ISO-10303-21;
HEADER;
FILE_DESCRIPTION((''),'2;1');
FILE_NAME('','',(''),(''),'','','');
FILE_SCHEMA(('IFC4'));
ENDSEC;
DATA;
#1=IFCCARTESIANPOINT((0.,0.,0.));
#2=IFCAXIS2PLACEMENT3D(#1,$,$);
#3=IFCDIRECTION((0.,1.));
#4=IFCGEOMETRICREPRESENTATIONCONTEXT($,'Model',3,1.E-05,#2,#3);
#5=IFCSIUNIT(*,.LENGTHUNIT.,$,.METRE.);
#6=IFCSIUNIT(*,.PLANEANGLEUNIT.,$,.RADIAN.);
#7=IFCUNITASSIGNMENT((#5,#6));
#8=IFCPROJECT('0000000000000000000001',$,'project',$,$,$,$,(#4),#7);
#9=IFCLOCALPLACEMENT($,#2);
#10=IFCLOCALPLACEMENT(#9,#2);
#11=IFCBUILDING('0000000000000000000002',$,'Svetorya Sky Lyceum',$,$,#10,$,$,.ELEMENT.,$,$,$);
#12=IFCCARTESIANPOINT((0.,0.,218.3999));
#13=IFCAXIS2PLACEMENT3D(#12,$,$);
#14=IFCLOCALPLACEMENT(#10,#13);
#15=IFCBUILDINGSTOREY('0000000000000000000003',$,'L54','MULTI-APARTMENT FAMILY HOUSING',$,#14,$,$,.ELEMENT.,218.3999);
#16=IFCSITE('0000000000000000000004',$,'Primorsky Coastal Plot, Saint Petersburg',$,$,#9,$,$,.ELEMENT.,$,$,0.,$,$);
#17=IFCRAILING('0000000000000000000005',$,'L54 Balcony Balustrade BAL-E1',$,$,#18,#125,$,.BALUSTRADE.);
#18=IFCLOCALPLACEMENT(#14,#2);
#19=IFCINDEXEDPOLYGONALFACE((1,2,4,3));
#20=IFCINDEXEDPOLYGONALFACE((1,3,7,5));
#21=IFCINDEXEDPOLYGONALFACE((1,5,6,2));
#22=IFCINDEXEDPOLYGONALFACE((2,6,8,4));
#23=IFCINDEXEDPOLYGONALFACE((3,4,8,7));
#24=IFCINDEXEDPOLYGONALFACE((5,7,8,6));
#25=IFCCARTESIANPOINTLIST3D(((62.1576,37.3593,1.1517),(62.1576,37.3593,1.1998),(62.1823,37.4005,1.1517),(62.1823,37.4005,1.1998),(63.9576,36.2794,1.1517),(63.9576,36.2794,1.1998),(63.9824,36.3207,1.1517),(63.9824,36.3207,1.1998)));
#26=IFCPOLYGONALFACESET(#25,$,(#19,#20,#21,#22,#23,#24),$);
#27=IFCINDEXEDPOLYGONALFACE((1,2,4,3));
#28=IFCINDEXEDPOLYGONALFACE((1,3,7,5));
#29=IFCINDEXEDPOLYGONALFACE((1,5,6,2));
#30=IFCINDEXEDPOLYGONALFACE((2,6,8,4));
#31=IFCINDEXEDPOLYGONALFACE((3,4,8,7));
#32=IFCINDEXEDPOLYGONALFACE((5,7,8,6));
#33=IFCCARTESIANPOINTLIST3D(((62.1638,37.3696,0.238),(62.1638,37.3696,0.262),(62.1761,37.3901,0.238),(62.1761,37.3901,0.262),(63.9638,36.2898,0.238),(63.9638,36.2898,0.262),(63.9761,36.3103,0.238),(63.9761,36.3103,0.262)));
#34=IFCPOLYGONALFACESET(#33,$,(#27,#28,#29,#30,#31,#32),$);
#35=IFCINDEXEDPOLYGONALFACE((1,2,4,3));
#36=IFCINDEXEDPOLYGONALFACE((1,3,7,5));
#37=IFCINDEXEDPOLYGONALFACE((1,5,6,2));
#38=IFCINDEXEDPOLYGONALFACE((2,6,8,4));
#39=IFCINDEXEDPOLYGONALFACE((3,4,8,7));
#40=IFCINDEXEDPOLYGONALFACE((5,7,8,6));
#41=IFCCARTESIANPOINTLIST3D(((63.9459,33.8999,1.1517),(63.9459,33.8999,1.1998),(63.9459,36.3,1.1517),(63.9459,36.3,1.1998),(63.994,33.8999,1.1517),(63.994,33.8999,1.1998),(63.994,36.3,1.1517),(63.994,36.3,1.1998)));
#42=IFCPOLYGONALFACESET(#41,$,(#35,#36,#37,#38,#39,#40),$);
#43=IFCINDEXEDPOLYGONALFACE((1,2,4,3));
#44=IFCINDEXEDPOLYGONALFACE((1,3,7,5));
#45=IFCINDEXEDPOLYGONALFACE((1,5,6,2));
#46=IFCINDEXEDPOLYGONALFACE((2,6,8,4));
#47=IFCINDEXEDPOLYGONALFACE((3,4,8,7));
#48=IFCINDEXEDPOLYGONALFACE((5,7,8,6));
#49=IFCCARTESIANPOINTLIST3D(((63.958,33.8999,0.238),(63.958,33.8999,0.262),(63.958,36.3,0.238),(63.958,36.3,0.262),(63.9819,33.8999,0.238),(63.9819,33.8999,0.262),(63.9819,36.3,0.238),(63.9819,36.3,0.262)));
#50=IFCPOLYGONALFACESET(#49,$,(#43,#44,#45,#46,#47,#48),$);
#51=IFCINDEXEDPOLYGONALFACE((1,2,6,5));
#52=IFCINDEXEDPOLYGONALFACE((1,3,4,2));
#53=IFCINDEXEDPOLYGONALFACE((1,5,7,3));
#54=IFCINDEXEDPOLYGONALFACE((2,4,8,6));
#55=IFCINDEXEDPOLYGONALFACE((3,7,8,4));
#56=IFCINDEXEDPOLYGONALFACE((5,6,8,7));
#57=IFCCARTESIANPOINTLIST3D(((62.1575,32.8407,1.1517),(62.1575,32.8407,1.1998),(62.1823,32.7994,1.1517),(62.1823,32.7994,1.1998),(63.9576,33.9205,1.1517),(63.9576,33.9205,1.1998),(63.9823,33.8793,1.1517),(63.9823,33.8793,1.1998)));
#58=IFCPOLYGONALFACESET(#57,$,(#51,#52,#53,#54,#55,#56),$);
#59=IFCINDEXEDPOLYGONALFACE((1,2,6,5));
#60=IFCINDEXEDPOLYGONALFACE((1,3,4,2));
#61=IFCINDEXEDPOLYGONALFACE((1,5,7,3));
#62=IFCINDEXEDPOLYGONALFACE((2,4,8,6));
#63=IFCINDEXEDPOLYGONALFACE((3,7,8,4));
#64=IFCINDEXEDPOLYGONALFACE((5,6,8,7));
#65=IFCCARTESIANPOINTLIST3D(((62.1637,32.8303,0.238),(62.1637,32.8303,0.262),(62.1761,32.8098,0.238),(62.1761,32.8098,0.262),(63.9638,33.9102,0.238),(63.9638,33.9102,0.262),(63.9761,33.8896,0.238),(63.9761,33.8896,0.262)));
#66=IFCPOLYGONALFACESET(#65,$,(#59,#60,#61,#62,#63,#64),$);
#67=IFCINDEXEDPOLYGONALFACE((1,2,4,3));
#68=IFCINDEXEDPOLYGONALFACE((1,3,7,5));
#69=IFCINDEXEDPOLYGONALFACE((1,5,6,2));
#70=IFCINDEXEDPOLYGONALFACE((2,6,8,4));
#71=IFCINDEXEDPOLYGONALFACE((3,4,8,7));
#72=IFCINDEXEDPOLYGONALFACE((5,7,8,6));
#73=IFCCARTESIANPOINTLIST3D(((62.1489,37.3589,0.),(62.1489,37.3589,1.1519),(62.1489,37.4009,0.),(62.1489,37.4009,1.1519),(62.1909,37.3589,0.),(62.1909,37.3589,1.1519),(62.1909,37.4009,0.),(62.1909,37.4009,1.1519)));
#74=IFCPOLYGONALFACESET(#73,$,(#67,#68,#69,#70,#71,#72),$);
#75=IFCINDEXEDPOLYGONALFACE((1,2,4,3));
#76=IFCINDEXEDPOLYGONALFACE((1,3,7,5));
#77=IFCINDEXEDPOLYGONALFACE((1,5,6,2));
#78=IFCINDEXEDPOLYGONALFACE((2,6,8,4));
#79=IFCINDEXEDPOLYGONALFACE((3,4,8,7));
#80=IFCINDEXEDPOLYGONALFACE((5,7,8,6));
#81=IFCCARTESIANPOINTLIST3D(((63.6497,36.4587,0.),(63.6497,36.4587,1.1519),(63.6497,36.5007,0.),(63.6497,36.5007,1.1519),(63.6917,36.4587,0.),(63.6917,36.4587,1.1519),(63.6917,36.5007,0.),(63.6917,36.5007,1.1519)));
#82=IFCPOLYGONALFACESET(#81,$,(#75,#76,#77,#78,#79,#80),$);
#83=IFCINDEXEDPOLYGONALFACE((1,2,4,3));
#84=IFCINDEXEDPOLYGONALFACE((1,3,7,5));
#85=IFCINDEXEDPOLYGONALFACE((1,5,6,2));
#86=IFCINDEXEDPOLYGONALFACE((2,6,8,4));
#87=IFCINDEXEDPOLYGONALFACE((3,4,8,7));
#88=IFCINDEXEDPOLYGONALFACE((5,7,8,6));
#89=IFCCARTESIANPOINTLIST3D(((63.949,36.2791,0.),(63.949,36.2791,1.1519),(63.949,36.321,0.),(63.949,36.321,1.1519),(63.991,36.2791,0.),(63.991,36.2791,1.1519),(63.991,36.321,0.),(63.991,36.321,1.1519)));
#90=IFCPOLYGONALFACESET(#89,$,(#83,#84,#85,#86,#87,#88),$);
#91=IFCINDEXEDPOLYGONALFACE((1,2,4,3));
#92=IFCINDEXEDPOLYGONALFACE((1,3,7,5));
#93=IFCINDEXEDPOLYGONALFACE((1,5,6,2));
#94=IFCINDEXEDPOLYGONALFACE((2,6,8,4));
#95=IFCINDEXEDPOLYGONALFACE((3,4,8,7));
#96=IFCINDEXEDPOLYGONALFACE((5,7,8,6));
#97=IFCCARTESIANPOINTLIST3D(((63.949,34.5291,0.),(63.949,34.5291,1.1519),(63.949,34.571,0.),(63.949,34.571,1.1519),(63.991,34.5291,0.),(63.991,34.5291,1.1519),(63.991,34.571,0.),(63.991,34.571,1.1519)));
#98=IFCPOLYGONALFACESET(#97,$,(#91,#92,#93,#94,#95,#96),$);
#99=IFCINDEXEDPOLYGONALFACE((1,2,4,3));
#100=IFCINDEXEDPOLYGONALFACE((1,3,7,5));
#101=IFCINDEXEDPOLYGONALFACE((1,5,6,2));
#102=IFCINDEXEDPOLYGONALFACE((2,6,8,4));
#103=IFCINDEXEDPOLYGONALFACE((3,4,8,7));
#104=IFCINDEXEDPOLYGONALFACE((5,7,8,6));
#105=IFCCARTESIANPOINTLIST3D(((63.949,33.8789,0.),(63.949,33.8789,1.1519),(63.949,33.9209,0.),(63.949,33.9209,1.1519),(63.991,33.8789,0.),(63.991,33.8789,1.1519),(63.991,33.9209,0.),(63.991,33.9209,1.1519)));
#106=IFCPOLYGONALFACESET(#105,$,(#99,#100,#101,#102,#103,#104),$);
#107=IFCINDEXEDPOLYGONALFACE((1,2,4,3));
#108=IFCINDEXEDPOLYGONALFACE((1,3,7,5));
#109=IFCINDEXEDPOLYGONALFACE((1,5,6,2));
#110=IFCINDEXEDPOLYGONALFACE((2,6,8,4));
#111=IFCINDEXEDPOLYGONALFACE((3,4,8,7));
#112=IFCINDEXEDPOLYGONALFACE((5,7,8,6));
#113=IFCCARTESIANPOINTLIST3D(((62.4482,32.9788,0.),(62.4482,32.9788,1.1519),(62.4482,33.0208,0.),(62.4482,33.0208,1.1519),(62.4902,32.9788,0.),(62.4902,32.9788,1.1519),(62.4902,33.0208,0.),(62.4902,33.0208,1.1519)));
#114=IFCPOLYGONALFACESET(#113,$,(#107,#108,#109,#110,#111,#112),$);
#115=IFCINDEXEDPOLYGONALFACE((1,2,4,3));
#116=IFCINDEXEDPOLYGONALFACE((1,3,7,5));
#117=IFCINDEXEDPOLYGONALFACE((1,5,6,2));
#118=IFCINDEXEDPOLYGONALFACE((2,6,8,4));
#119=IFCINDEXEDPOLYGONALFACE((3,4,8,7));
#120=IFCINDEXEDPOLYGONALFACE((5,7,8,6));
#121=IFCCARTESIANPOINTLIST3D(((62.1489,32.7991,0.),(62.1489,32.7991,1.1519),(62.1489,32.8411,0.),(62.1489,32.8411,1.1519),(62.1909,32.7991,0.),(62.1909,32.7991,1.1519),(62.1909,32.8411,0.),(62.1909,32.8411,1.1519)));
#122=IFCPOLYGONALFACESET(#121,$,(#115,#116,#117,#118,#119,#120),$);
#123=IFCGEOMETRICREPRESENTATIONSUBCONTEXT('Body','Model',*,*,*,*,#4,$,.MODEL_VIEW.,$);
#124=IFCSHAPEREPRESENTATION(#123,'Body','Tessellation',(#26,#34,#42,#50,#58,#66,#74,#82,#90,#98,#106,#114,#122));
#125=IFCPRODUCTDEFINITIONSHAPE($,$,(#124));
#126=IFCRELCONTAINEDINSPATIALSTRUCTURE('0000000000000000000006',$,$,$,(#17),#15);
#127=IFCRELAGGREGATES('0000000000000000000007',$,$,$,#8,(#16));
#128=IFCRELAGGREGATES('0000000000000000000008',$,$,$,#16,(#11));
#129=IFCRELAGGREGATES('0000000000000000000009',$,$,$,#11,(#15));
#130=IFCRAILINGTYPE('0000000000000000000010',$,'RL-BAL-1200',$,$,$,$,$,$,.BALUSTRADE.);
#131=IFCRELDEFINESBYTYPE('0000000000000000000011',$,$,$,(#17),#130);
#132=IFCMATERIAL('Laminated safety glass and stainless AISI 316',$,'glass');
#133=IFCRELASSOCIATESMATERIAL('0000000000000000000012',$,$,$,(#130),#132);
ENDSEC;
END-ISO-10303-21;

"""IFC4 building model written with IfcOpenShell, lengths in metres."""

from ifc_helpers import new_model, si_unit, direction, frame, origin, origin_2d, place, context, subcontext, project, spatial, rectangle, extrude, material, type_object, element, save


model = new_model("IFC4")

# Units and contexts
model_context = context("Model", 3, precision=1e-05, world=origin(), true_north=direction((0.0, 1.0)))
body_context = subcontext(model_context, "Body", "Model", "MODEL_VIEW")
ifc_project = project(units=[si_unit("LENGTHUNIT", "METRE"), si_unit("PLANEANGLEUNIT", "RADIAN")], contexts=[model_context])

# Site, building, storey
site_placement = place(None, origin())
site = spatial("IfcSite", under=ifc_project, at=site_placement, Name="Primorsky Coastal Plot, Saint Petersburg", CompositionType="ELEMENT", RefElevation=0.0)
building_placement = place(site_placement, origin())
building = spatial("IfcBuilding", under=site, at=building_placement, Name="Svetorya Sky Lyceum", CompositionType="ELEMENT")
storey_placement = place(building_placement, frame((0.0, 0.0, 218.3999)))
storey = spatial("IfcBuildingStorey", under=building, at=storey_placement, Name="L54", Description="MULTI-APARTMENT FAMILY HOUSING", CompositionType="ELEMENT", Elevation=218.3999)

# Railing
ifc_material_1 = material(Name="Laminated safety glass and stainless AISI 316", Category="glass")
railing_type = type_object("IfcRailingType", Name="RL-BAL-1200", PredefinedType="BALUSTRADE", material=ifc_material_1)
railing_placement = place(storey_placement, frame((62.1699, 37.3799, 0.0)))
element("IfcRailing", 1, at=railing_placement, inside=storey, type_object=railing_type, Name="L54 Balcony Balustrade BAL-E1", PredefinedType="BALUSTRADE", context=body_context, shape_type="SweptSolid", body=[
    extrude(rectangle(XDim=0.0481, YDim=0.0481, at=origin_2d()), frame((0.0, 0.0, 1.1758), z_axis=(0.857534, -0.514427, 0.0), x_axis=(0.514427, 0.857534, 0.0)), (0.0, 0.0, 1.0), 2.0991),
    extrude(rectangle(XDim=0.0239, YDim=0.0239, at=origin_2d()), frame((0.0, 0.0, 0.25), z_axis=(0.857534, -0.514427, 0.0), x_axis=(0.514427, 0.857534, 0.0)), (0.0, 0.0, 1.0), 2.0991),
    extrude(rectangle(XDim=0.0481, YDim=0.0481, at=origin_2d()), frame((1.8, -1.0798, 1.1758), z_axis=(0.0, -1.0, 0.0), x_axis=(1.0, 0.0, 0.0)), (0.0, 0.0, 1.0), 2.4001),
    extrude(rectangle(XDim=0.0239, YDim=0.0239, at=origin_2d()), frame((1.8, -1.0798, 0.25), z_axis=(0.0, -1.0, 0.0), x_axis=(1.0, 0.0, 0.0)), (0.0, 0.0, 1.0), 2.4001),
    extrude(rectangle(XDim=0.0481, YDim=0.0481, at=origin_2d()), frame((1.8, -3.48, 1.1758), z_axis=(-0.857534, -0.514427, 0.0), x_axis=(0.514427, -0.857534, 0.0)), (0.0, 0.0, 1.0), 2.0991),
    extrude(rectangle(XDim=0.0239, YDim=0.0239, at=origin_2d()), frame((1.8, -3.48, 0.25), z_axis=(-0.857534, -0.514427, 0.0), x_axis=(0.514427, -0.857534, 0.0)), (0.0, 0.0, 1.0), 2.0991),
    extrude(rectangle(XDim=0.042, YDim=0.042, at=origin_2d()), origin(), (0.0, 0.0, 1.0), 1.1519),
    extrude(rectangle(XDim=0.042, YDim=0.042, at=origin_2d()), frame((1.5007, -0.9001, 0.0)), (0.0, 0.0, 1.0), 1.1519),
    extrude(rectangle(XDim=0.042, YDim=0.042, at=origin_2d()), frame((1.8, -1.0798, 0.0)), (0.0, 0.0, 1.0), 1.1519),
    extrude(rectangle(XDim=0.042, YDim=0.042, at=origin_2d()), frame((1.8, -2.8298, 0.0)), (0.0, 0.0, 1.0), 1.1519),
    extrude(rectangle(XDim=0.042, YDim=0.042, at=origin_2d()), frame((1.8, -3.48, 0.0)), (0.0, 0.0, 1.0), 1.1519),
    extrude(rectangle(XDim=0.042, YDim=0.042, at=origin_2d()), frame((0.2993, -4.3801, 0.0)), (0.0, 0.0, 1.0), 1.1519),
    extrude(rectangle(XDim=0.042, YDim=0.042, at=origin_2d()), frame((0.0, -4.5598, 0.0)), (0.0, 0.0, 1.0), 1.1519),
])

save(model, "model.ifc")
